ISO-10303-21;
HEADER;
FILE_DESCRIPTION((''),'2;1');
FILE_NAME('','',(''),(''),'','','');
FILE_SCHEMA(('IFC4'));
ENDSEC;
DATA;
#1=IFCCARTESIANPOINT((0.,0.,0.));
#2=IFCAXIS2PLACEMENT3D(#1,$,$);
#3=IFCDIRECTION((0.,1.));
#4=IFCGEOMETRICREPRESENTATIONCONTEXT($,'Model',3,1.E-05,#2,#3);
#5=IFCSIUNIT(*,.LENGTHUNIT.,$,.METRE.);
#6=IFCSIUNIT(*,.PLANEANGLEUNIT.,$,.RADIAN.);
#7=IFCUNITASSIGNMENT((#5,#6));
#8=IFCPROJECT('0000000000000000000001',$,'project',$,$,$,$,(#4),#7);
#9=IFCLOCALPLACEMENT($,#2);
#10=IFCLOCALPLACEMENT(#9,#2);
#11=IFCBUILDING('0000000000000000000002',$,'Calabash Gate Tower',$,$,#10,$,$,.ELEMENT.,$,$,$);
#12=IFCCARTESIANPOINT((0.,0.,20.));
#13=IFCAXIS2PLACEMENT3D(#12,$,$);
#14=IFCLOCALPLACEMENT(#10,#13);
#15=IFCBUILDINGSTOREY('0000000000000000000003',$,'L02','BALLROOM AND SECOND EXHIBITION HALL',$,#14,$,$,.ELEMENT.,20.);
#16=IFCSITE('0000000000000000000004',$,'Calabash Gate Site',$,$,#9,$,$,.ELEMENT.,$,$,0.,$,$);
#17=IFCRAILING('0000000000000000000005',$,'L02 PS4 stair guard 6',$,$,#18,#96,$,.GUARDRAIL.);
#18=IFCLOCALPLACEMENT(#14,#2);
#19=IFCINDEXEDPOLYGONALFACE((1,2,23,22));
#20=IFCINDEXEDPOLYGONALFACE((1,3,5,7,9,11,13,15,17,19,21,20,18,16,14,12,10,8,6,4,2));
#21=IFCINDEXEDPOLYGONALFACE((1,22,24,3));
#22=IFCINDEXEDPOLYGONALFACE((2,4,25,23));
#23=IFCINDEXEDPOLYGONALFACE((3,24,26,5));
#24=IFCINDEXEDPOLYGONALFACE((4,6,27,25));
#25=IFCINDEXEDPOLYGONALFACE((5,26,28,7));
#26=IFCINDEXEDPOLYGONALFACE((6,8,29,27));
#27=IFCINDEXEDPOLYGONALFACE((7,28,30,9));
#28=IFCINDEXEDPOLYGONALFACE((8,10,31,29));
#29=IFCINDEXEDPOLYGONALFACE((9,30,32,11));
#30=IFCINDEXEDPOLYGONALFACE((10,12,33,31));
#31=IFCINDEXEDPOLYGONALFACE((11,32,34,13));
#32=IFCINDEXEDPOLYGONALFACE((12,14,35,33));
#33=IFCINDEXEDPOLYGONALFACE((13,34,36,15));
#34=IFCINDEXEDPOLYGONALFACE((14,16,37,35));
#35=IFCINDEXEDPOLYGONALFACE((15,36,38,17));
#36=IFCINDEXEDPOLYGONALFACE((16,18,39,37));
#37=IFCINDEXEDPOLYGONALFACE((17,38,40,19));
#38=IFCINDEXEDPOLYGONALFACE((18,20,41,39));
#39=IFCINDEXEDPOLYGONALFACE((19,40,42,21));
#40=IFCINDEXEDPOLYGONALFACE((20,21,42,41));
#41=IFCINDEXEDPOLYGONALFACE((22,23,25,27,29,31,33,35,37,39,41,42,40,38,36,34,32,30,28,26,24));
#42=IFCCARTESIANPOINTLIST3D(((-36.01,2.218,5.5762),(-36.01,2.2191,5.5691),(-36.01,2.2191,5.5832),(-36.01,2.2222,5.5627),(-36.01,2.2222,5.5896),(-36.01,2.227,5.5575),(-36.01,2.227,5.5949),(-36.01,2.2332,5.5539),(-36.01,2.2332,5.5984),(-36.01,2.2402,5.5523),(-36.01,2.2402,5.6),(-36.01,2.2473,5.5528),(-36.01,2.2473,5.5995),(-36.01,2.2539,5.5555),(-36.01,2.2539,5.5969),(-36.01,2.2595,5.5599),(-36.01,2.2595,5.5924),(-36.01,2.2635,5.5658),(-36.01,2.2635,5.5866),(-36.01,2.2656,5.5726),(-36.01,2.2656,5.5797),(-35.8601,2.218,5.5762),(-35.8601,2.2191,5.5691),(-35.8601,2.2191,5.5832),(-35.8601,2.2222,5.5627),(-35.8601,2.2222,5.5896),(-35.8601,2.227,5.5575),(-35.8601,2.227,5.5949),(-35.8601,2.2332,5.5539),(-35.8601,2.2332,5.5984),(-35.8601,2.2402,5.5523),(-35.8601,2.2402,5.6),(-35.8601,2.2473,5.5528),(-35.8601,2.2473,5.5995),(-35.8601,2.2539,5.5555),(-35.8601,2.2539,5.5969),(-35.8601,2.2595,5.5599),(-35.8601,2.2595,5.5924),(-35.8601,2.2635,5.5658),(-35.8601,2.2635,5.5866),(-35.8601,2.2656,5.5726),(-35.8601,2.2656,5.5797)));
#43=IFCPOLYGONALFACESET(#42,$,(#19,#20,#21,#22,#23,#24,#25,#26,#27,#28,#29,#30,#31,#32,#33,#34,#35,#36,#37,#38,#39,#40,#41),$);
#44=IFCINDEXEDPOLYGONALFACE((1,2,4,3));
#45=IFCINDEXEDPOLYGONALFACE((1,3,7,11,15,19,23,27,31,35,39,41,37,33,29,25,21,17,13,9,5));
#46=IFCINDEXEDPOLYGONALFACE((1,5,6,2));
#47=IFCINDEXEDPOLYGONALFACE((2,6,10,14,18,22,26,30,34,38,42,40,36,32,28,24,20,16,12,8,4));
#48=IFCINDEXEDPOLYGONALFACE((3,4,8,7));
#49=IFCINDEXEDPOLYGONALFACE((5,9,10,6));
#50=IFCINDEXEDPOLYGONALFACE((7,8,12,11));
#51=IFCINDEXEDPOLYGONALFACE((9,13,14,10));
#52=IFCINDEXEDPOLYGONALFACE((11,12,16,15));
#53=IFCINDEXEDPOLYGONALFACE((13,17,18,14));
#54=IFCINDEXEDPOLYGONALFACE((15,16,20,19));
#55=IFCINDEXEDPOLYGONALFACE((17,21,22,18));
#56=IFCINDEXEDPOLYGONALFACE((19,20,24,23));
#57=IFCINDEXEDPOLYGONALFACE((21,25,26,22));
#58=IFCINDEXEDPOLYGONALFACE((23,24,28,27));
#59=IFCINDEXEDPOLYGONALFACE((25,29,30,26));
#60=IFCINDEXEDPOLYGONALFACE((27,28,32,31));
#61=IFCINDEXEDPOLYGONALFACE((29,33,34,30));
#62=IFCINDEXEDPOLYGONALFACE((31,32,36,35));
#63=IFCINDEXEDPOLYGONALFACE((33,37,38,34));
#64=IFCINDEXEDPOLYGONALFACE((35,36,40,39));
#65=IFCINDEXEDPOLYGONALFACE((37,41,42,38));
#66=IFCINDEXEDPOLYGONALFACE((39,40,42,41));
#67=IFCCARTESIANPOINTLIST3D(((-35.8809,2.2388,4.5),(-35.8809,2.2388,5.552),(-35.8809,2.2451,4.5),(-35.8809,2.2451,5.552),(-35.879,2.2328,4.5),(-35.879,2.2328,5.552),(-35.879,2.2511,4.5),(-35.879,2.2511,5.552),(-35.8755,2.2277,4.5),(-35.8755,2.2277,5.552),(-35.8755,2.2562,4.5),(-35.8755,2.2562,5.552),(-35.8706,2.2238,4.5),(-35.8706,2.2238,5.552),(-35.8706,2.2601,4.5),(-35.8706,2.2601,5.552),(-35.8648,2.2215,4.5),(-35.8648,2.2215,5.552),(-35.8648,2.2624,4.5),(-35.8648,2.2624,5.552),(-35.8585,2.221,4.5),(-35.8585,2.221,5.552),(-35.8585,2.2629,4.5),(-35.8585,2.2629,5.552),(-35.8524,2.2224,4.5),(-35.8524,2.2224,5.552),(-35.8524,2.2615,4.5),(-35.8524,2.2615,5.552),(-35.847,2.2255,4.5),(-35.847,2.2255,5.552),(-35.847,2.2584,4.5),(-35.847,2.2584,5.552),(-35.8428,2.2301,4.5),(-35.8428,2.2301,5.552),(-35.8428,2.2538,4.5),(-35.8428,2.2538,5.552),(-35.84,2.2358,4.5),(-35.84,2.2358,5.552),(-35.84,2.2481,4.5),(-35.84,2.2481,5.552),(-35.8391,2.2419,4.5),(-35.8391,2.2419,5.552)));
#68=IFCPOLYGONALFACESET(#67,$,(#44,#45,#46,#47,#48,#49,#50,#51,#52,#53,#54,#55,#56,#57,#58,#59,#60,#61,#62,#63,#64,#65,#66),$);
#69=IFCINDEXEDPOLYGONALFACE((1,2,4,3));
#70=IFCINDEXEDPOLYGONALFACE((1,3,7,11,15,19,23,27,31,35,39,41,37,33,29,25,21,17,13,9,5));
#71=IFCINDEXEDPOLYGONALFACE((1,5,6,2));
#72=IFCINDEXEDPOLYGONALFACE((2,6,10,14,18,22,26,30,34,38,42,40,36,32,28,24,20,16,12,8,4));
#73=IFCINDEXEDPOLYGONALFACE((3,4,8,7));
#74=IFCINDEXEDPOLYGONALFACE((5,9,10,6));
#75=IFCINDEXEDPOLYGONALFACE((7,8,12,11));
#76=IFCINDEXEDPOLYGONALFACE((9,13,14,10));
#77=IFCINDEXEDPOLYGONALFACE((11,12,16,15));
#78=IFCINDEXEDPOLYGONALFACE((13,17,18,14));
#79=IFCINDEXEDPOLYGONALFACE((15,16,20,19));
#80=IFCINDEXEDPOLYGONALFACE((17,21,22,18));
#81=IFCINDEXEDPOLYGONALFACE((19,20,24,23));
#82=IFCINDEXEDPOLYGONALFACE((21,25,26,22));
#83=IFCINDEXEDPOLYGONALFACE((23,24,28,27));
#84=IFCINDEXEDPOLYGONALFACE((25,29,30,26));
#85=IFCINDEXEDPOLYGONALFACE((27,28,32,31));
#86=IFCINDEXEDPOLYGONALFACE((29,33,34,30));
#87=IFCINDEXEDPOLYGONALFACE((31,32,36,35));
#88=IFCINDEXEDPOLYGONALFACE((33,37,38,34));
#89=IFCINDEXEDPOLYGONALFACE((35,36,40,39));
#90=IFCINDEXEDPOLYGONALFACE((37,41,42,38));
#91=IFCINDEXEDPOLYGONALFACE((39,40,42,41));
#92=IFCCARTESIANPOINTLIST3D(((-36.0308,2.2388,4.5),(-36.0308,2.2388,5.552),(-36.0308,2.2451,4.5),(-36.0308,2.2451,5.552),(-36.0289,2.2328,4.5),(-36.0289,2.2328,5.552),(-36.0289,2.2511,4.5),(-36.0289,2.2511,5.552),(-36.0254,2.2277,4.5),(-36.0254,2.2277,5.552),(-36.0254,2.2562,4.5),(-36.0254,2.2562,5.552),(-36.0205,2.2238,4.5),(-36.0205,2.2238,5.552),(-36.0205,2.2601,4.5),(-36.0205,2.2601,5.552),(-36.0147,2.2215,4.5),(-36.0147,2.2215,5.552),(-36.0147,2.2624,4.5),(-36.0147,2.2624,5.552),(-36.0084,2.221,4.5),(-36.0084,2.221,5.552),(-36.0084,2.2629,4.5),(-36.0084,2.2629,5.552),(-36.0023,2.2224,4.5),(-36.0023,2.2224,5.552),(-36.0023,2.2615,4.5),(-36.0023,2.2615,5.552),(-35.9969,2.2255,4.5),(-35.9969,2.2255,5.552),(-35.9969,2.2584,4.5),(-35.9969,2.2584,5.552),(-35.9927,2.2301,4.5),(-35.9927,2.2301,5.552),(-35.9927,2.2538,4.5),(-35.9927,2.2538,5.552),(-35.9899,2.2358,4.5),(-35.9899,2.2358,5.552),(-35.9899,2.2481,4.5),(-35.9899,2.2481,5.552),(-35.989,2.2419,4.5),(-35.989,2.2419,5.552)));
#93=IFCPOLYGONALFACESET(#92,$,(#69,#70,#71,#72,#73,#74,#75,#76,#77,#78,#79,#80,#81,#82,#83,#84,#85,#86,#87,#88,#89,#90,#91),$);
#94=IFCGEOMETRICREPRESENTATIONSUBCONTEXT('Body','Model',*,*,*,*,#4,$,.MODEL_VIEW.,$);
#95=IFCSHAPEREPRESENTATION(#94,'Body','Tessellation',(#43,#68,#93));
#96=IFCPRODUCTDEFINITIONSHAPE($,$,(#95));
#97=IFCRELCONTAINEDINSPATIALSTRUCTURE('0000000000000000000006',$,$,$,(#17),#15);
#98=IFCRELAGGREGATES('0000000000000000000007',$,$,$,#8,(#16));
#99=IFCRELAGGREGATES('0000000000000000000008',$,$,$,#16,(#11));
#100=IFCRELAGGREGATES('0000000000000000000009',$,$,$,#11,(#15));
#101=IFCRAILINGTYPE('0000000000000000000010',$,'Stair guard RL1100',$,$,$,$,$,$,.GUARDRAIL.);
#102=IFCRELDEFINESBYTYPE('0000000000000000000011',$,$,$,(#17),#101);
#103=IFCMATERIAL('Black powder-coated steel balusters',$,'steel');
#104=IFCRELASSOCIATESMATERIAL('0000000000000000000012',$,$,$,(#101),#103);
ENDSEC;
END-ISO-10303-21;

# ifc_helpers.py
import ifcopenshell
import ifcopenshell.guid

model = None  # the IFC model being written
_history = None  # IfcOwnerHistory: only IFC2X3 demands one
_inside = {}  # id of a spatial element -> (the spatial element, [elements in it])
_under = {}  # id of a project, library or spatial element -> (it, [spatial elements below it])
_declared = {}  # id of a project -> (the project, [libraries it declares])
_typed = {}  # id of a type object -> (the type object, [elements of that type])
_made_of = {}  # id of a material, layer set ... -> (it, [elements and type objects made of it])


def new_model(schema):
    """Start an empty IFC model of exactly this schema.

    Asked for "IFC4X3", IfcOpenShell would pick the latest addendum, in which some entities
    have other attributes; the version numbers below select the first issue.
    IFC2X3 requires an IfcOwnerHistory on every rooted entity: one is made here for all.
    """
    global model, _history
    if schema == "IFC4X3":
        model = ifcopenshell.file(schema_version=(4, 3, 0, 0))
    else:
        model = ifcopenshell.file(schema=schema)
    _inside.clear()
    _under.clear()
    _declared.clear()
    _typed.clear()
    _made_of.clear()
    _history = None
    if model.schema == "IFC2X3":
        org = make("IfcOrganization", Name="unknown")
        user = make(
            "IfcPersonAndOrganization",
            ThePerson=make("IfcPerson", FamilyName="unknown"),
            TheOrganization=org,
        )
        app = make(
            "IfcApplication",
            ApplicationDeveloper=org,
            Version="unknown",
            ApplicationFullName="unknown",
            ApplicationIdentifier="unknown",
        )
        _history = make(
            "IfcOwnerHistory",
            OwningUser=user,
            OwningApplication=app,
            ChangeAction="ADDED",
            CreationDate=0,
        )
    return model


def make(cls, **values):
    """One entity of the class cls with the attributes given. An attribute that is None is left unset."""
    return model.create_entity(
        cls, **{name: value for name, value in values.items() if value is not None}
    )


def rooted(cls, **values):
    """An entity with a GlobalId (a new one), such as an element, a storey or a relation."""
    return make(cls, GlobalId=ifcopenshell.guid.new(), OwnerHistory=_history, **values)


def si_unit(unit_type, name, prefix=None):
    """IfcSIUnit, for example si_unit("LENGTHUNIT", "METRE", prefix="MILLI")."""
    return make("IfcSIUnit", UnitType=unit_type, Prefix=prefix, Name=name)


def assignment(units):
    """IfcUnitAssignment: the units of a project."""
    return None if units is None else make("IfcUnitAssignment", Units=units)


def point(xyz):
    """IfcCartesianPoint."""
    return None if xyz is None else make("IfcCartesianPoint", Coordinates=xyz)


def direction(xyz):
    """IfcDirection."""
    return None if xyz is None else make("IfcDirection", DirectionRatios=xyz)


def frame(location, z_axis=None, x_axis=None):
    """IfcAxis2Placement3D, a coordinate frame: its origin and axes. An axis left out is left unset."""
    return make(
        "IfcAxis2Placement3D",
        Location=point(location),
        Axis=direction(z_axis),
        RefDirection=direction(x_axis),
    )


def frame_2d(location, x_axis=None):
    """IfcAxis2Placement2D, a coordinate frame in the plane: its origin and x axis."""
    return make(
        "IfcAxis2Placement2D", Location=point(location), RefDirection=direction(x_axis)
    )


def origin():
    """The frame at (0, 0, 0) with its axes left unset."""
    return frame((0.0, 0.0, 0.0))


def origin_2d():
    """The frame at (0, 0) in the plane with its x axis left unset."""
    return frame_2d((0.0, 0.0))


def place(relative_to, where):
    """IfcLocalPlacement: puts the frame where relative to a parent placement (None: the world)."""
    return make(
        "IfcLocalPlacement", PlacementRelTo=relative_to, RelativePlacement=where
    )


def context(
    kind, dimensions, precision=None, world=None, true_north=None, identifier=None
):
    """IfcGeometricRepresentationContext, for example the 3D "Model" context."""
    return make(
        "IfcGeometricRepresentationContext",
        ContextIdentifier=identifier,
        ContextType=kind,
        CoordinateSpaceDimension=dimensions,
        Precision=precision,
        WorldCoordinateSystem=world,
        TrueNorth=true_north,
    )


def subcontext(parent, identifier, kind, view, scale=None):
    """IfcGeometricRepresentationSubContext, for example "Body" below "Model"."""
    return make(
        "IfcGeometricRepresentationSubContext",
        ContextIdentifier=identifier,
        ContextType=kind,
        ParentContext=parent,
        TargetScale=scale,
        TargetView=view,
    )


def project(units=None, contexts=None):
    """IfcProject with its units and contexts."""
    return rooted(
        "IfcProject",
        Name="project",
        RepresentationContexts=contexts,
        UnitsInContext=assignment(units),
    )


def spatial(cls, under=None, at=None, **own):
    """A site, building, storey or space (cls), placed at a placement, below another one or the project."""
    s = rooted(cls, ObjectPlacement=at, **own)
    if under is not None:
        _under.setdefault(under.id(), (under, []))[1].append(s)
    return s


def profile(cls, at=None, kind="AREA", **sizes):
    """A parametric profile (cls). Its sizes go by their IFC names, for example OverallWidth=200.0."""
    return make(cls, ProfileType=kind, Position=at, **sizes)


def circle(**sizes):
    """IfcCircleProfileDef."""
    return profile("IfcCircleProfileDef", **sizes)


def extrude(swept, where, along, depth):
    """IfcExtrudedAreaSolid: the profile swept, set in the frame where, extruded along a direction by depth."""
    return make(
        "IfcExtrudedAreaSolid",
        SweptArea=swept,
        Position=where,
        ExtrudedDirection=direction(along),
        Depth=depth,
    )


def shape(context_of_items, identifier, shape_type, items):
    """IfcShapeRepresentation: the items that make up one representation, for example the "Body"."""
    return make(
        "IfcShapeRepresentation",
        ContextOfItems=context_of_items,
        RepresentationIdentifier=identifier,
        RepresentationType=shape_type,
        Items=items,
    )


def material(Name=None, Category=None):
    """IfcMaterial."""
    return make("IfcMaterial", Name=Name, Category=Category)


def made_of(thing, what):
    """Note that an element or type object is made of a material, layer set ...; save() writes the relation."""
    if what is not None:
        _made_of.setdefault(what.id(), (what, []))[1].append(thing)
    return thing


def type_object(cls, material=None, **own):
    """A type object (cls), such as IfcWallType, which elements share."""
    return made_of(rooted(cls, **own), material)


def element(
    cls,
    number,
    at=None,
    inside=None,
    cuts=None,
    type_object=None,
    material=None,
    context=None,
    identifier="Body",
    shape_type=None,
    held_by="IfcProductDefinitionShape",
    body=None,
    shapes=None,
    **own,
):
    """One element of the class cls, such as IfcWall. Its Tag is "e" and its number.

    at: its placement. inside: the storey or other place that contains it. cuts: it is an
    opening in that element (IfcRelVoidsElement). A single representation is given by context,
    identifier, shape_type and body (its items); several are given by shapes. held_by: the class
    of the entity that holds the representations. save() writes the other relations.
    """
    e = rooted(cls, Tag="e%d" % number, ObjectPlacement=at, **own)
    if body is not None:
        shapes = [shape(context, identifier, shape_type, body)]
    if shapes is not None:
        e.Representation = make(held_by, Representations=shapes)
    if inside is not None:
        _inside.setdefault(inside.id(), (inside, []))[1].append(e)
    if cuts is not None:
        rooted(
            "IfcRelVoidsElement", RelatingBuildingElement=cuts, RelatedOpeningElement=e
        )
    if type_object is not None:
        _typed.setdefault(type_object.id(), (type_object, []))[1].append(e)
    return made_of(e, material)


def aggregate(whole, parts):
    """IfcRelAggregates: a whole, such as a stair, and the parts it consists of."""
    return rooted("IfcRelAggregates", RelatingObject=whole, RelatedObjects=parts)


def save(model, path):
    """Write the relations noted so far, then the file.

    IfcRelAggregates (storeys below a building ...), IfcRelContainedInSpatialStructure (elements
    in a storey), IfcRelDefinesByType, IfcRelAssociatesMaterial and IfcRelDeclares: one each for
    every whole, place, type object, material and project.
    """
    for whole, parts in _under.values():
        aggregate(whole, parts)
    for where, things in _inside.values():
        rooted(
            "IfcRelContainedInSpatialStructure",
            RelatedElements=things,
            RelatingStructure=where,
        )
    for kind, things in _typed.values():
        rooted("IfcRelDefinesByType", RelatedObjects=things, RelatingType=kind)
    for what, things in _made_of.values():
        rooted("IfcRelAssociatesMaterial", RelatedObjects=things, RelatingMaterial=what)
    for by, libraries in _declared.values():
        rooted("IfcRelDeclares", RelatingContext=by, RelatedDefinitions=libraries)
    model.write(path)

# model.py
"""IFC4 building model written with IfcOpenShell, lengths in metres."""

from ifc_helpers import new_model, si_unit, direction, frame, origin, origin_2d, place, context, subcontext, project, spatial, circle, extrude, material, type_object, element, save


model = new_model("IFC4")

# Units and contexts
model_context = context("Model", 3, precision=1e-05, world=origin(), true_north=direction((0.0, 1.0)))
body_context = subcontext(model_context, "Body", "Model", "MODEL_VIEW")
ifc_project = project(units=[si_unit("LENGTHUNIT", "METRE"), si_unit("PLANEANGLEUNIT", "RADIAN")], contexts=[model_context])

# Site, building, storey
site_placement = place(None, origin())
site = spatial("IfcSite", under=ifc_project, at=site_placement, Name="Calabash Gate Site", CompositionType="ELEMENT", RefElevation=0.0)
building_placement = place(site_placement, origin())
building = spatial("IfcBuilding", under=site, at=building_placement, Name="Calabash Gate Tower", CompositionType="ELEMENT")
storey_placement = place(building_placement, frame((0.0, 0.0, 20.0)))
storey = spatial("IfcBuildingStorey", under=building, at=storey_placement, Name="L02", Description="BALLROOM AND SECOND EXHIBITION HALL", CompositionType="ELEMENT", Elevation=20.0)

# Railing
ifc_material_1 = material(Name="Black powder-coated steel balusters", Category="steel")
railing_type_1 = type_object("IfcRailingType", Name="Stair guard RL1100", PredefinedType="GUARDRAIL", material=ifc_material_1)
railing_1_placement = place(storey_placement, frame((-35.8601, 2.2419, 4.5)))
element("IfcRailing", 1, at=railing_1_placement, inside=storey, type_object=railing_type_1, Name="L02 PS4 stair guard 6", PredefinedType="GUARDRAIL", context=body_context, shape_type="SweptSolid", body=[
    extrude(circle(Radius=0.0239, at=origin_2d()), frame((0.0, 0.0, 1.0762), z_axis=(-1.0, 0.0, 0.0), x_axis=(0.0, -1.0, 0.0)), (0.0, 0.0, 1.0), 0.1499),
    extrude(circle(Radius=0.021, at=origin_2d()), origin(), (0.0, 0.0, 1.0), 1.052),
    extrude(circle(Radius=0.021, at=origin_2d()), frame((-0.1499, 0.0, 0.0)), (0.0, 0.0, 1.0), 1.052),
])

save(model, "model.ifc")
